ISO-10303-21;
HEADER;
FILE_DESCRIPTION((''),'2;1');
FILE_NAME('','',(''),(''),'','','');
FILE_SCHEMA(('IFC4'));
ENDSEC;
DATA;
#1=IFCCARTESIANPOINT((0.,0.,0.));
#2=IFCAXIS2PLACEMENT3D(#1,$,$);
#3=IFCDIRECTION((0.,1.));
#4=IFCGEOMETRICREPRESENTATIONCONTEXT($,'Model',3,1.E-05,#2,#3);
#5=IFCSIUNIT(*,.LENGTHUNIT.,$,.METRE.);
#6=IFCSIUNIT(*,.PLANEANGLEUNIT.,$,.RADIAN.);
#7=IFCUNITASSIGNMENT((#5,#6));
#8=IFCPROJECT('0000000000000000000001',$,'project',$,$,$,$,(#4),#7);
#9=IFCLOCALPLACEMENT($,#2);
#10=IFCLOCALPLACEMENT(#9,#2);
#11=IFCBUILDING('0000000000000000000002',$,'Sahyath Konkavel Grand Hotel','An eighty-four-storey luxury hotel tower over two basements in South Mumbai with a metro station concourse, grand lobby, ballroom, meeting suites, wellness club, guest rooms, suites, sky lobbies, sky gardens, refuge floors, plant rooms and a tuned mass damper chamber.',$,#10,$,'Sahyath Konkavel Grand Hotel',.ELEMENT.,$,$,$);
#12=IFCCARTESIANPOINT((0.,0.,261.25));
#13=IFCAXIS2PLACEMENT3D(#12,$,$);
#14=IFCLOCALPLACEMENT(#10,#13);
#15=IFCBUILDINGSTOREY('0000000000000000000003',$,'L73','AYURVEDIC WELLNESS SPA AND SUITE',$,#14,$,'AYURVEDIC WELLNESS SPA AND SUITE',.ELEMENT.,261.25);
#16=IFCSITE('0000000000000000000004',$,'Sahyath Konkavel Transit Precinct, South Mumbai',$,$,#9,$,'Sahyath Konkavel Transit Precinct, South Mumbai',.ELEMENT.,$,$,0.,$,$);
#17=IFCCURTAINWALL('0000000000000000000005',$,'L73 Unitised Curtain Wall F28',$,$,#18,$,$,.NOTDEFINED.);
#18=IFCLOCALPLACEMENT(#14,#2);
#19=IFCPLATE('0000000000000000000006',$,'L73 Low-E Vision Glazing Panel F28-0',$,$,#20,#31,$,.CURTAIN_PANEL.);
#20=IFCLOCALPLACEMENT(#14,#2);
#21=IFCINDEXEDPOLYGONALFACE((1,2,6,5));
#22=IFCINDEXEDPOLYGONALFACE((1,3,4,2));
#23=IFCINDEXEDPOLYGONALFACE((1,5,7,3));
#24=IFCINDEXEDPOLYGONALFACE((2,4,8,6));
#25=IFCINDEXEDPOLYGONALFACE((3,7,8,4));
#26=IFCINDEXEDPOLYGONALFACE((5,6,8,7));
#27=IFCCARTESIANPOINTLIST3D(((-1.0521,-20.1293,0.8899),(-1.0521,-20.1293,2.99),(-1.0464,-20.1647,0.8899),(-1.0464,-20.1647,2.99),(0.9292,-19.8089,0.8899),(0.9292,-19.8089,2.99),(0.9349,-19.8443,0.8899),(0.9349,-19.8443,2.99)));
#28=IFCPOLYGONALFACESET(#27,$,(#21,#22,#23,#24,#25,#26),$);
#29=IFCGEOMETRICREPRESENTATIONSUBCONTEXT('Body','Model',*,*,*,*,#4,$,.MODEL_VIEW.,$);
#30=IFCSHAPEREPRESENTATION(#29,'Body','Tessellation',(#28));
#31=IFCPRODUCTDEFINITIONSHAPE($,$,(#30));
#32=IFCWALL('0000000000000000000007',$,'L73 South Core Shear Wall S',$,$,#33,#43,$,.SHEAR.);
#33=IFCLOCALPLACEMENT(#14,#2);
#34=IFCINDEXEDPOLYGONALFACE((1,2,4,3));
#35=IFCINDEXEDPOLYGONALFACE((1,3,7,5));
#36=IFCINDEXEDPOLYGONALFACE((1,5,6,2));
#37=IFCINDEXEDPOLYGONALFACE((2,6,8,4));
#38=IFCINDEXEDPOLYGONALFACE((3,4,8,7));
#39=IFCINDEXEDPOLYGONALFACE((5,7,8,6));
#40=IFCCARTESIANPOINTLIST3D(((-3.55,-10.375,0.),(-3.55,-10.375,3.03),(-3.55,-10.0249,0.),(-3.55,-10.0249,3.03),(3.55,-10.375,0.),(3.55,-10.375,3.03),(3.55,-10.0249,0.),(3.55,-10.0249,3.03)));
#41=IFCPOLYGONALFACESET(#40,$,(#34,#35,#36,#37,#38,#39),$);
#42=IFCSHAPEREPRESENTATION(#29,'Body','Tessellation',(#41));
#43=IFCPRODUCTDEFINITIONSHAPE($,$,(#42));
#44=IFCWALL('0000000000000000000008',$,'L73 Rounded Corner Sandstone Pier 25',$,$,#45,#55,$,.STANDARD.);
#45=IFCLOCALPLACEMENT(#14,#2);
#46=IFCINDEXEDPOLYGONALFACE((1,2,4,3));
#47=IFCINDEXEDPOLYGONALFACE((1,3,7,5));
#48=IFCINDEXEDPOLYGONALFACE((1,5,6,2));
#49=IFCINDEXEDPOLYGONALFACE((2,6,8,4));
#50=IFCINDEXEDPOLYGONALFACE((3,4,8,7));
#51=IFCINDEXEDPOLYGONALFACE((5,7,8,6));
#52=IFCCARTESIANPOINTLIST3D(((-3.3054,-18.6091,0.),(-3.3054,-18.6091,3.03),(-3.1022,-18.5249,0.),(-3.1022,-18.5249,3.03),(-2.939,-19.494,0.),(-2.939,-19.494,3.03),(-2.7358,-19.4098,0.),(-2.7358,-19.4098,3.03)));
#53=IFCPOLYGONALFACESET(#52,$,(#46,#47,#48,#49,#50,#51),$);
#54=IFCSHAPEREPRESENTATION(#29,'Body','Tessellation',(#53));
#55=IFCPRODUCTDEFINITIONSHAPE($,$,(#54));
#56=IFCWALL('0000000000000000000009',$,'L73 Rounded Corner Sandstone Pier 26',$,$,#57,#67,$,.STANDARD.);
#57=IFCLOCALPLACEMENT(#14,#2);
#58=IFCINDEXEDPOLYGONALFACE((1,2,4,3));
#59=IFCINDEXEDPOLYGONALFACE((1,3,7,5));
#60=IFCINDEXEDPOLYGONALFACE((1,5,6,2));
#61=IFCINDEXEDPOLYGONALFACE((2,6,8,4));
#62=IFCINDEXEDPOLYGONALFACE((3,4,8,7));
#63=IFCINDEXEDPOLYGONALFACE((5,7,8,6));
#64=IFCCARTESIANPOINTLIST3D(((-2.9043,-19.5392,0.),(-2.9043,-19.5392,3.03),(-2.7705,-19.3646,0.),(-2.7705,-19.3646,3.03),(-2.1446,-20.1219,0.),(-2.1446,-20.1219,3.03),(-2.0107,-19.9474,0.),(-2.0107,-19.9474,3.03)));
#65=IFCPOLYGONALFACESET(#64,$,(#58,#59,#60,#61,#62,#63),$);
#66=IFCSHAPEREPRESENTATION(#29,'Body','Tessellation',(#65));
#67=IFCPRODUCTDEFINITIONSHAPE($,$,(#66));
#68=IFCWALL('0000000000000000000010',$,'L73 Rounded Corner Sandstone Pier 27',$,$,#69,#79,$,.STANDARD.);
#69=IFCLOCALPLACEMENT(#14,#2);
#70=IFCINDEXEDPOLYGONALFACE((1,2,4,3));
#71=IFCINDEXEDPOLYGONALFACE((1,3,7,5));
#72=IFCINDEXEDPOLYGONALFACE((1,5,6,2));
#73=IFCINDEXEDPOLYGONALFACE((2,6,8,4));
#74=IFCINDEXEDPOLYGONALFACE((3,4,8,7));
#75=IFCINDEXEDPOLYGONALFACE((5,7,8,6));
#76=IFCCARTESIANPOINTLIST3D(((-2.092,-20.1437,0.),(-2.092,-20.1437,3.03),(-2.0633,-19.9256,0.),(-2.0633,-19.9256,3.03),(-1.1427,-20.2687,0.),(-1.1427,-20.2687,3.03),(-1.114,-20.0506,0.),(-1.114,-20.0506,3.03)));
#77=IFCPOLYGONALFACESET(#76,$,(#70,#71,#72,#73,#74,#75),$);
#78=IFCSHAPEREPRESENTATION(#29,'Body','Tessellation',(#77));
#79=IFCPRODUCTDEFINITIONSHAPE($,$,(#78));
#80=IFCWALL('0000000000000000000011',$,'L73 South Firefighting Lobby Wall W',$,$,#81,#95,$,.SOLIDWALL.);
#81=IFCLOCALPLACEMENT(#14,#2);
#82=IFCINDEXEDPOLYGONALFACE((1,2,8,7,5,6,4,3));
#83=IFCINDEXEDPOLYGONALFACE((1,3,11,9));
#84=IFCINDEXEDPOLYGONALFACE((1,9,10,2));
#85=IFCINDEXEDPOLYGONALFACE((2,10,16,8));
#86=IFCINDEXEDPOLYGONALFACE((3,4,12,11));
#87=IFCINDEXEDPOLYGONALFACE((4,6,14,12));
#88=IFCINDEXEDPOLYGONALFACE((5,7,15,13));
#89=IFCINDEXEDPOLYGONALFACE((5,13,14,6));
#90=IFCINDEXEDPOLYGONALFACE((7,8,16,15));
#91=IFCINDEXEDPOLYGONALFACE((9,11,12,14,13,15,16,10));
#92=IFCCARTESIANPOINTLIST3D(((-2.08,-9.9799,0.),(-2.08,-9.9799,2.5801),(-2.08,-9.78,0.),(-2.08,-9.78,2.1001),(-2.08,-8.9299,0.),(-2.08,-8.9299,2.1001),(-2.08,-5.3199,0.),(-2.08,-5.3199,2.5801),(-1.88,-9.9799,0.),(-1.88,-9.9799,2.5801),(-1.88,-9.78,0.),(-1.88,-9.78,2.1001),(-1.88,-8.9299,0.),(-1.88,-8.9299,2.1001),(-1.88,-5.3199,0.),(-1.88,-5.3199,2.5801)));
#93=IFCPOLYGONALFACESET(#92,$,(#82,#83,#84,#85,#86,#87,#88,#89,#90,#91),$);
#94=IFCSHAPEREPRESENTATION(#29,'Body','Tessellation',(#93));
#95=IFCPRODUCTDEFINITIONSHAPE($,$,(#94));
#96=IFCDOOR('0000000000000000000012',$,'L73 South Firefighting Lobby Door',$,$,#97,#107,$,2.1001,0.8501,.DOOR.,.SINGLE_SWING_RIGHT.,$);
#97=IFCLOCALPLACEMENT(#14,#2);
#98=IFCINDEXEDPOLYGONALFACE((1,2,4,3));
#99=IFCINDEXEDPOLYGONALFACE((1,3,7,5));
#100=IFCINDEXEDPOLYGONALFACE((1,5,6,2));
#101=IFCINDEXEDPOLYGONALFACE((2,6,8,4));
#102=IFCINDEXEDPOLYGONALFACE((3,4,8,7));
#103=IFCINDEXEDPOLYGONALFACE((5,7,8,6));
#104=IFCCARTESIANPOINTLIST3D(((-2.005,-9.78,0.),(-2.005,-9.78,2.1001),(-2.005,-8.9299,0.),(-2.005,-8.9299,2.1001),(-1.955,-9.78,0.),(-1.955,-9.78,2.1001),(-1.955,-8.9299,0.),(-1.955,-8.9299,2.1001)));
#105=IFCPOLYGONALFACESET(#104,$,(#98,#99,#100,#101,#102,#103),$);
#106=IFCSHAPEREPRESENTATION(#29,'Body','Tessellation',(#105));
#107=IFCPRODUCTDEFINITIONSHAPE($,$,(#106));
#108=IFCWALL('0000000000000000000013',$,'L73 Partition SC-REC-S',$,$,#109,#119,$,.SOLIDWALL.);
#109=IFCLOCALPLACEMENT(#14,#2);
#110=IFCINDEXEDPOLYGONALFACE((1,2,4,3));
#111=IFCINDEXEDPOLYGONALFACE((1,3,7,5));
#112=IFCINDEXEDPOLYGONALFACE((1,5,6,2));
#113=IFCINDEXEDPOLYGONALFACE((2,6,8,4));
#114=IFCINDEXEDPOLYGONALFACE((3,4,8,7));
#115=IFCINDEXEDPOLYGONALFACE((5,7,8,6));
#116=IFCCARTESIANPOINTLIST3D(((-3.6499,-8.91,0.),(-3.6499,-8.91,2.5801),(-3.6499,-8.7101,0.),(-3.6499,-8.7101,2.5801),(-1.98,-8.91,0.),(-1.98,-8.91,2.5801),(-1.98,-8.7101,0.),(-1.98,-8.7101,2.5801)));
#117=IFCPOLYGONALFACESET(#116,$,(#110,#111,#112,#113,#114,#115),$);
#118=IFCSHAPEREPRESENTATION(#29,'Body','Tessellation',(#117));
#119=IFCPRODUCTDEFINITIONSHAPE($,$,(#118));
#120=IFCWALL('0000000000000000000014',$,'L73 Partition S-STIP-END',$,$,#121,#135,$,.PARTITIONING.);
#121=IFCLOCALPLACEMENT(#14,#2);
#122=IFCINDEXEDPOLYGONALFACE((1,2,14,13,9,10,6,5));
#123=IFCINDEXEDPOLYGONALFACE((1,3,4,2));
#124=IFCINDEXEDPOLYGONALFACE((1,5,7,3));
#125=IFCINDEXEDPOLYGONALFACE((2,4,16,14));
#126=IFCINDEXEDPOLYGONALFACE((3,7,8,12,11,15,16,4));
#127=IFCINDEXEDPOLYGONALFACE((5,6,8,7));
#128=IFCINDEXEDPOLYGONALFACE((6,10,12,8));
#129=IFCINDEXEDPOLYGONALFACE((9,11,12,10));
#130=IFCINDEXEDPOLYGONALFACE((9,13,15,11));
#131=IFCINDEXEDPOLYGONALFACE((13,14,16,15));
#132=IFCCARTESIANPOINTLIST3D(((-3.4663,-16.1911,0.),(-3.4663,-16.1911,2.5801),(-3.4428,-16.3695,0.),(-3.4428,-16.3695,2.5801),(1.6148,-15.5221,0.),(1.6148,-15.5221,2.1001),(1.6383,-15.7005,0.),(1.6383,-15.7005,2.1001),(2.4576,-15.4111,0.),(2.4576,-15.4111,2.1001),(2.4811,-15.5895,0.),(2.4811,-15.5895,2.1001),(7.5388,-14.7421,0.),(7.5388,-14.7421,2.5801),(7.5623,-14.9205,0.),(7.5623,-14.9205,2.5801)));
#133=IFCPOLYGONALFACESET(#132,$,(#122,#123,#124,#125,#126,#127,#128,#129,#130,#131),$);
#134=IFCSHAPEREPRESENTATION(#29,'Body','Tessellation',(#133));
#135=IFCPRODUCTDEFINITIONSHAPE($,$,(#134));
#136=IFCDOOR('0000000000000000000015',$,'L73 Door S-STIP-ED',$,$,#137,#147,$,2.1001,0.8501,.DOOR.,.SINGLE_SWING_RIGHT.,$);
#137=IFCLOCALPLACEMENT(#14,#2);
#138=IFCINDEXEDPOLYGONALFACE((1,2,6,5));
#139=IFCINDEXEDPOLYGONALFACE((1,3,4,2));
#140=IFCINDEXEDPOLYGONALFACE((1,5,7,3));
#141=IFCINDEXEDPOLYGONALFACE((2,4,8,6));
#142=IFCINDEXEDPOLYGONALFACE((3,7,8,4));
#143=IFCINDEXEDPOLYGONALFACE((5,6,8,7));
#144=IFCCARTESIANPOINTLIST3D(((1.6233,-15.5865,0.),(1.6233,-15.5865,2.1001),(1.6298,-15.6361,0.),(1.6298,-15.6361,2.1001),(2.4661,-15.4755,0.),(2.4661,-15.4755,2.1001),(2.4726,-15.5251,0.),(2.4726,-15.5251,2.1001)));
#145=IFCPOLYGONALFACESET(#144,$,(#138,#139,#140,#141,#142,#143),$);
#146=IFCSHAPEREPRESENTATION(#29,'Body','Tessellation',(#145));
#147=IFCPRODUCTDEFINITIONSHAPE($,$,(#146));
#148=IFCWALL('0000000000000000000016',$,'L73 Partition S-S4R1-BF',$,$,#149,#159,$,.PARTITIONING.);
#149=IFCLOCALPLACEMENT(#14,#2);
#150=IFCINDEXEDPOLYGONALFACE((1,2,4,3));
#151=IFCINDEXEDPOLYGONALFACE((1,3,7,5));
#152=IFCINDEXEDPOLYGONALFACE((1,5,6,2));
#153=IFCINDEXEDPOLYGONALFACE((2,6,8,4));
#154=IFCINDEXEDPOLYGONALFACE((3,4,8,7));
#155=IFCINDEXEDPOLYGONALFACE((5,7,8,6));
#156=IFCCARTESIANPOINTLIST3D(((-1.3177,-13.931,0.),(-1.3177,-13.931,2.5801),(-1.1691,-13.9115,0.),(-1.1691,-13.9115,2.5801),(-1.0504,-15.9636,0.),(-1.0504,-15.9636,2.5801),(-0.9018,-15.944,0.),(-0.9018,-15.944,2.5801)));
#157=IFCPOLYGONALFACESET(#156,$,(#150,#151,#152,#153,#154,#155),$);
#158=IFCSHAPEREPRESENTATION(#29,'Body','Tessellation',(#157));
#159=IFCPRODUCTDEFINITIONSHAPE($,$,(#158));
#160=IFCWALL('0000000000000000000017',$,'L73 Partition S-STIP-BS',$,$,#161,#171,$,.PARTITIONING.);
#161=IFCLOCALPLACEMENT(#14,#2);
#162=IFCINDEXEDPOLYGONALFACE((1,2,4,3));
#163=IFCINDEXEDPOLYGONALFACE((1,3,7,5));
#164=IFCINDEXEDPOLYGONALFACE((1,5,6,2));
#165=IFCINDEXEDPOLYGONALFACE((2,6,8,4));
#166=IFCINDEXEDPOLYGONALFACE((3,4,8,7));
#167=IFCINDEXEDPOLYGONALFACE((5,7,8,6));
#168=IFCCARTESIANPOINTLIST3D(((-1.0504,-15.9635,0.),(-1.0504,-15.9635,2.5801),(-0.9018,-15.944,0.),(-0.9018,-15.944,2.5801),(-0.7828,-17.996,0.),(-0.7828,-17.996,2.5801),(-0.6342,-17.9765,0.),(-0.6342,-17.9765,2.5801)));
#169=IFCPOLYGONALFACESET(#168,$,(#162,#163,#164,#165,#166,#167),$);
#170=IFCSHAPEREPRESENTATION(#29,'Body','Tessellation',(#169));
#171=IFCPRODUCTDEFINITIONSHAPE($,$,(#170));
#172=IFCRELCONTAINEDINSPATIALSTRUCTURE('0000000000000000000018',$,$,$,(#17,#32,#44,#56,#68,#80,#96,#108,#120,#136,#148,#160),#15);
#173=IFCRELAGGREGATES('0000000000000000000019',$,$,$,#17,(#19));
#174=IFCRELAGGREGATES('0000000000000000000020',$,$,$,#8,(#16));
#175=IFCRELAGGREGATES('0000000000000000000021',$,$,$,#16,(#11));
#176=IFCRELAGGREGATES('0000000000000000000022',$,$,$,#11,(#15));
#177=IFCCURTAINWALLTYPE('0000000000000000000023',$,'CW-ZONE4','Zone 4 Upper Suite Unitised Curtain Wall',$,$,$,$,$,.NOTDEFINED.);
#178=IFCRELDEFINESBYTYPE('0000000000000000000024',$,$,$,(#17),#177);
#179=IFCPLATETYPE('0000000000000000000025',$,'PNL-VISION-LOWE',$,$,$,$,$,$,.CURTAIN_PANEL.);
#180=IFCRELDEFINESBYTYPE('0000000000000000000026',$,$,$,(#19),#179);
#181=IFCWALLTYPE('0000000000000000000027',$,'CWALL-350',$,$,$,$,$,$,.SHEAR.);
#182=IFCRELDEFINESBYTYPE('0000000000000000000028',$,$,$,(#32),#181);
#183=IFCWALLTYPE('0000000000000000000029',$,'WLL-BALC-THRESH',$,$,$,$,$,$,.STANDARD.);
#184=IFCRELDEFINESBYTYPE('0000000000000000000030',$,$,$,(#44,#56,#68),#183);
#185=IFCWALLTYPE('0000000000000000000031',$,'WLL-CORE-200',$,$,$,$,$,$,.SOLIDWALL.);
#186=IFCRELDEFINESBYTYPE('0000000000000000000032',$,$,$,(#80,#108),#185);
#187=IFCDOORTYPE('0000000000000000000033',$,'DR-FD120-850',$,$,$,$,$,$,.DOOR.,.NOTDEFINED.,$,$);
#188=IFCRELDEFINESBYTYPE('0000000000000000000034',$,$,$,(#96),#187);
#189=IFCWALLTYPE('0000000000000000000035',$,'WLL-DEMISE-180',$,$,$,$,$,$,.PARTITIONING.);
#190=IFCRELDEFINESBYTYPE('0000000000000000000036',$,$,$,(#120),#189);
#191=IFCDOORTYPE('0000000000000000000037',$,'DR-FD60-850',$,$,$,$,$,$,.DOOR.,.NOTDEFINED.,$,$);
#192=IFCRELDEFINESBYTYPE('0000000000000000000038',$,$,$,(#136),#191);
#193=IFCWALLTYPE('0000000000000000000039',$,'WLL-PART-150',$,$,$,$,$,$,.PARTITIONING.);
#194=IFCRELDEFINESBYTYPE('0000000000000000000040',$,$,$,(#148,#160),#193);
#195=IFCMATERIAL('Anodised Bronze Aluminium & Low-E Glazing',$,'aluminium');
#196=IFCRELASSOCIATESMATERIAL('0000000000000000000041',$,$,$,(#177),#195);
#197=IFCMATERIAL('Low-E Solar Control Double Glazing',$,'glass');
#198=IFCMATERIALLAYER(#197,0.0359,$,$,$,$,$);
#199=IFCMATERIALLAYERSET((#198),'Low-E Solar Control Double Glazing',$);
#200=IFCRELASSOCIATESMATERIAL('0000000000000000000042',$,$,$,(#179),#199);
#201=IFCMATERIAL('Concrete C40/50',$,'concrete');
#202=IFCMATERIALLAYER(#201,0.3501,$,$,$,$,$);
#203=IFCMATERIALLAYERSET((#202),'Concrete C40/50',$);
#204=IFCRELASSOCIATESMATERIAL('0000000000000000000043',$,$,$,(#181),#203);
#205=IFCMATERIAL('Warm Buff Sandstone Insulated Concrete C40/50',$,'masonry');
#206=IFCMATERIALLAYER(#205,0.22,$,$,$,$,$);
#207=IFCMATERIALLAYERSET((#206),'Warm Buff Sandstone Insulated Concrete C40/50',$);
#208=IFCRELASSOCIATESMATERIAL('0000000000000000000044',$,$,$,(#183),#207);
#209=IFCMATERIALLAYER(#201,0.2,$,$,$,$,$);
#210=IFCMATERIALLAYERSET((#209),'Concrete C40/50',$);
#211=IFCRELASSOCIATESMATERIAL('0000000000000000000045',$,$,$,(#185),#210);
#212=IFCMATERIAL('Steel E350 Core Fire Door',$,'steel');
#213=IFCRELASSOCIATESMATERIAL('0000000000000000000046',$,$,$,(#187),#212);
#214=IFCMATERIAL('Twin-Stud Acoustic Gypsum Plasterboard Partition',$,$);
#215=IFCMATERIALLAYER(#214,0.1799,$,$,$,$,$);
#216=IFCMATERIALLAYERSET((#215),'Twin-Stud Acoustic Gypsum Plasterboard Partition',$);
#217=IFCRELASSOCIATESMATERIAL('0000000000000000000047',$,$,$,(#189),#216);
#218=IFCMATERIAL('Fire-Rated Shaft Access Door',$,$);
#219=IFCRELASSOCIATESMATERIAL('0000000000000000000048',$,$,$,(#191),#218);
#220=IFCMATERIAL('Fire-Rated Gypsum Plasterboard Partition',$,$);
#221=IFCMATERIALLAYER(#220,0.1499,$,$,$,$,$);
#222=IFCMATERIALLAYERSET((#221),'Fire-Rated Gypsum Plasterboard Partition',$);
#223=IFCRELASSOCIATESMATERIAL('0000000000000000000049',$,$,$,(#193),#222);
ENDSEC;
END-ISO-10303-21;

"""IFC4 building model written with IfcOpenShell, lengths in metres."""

from ifc_helpers import new_model, si_unit, direction, frame, frame_2d, origin, origin_2d, place, context, subcontext, project, spatial, rectangle, extrude, source, transform, mapped, material, layer, layer_set, type_object, element, fill, aggregate, save


model = new_model("IFC4")

# Units and contexts
model_context = context("Model", 3, precision=1e-05, world=origin(), true_north=direction((0.0, 1.0)))
body_context = subcontext(model_context, "Body", "Model", "MODEL_VIEW")
ifc_project = project(units=[si_unit("LENGTHUNIT", "METRE"), si_unit("PLANEANGLEUNIT", "RADIAN")], contexts=[model_context])

# Site, building, storey
site_placement = place(None, origin())
site = spatial("IfcSite", under=ifc_project, at=site_placement, Name="Sahyath Konkavel Transit Precinct, South Mumbai", LongName="Sahyath Konkavel Transit Precinct, South Mumbai", CompositionType="ELEMENT", RefElevation=0.0)
building_placement = place(site_placement, origin())
building = spatial("IfcBuilding", under=site, at=building_placement, Name="Sahyath Konkavel Grand Hotel", Description="An eighty-four-storey luxury hotel tower over two basements in South Mumbai with a metro station concourse, grand lobby, ballroom, meeting suites, wellness club, guest rooms, suites, sky lobbies, sky gardens, refuge floors, plant rooms and a tuned mass damper chamber.", LongName="Sahyath Konkavel Grand Hotel", CompositionType="ELEMENT")
storey_placement = place(building_placement, frame((0.0, 0.0, 261.25)))
storey = spatial("IfcBuildingStorey", under=building, at=storey_placement, Name="L73", Description="AYURVEDIC WELLNESS SPA AND SUITE", LongName="AYURVEDIC WELLNESS SPA AND SUITE", CompositionType="ELEMENT", Elevation=261.25)

# Shared definitions
ifc_material_1 = material(Name="Concrete C40/50", Category="concrete")

# Shared definitions
ifc_material_2 = material(Name="Anodised Bronze Aluminium & Low-E Glazing", Category="aluminium")
curtain_wall_type = type_object("IfcCurtainWallType", Name="CW-ZONE4", Description="Zone 4 Upper Suite Unitised Curtain Wall", PredefinedType="NOTDEFINED", material=ifc_material_2)

# Curtain wall
curtain_wall_1_placement = place(storey_placement, origin())
curtain_wall_1 = element("IfcCurtainWall", 1, at=curtain_wall_1_placement, inside=storey, type_object=curtain_wall_type, Name="L73 Unitised Curtain Wall F28", PredefinedType="NOTDEFINED")

# Plate
ifc_material_3 = material(Name="Low-E Solar Control Double Glazing", Category="glass")
ifc_layer_1 = layer(ifc_material_3, 0.0359)
ifc_layer_set_1 = layer_set([ifc_layer_1], Name="Low-E Solar Control Double Glazing")
plate_type_1 = type_object("IfcPlateType", Name="PNL-VISION-LOWE", PredefinedType="CURTAIN_PANEL", material=ifc_layer_set_1)
shared_shape_1 = source(origin(), body_context, "Body", "SweptSolid", [
    extrude(rectangle(XDim=2.0071, YDim=0.0359, at=origin_2d()), origin(), (0.0, 0.0, 1.0), 2.1001),
])
plate_1_placement = place(storey_placement, frame((-0.0586, -19.9868, 0.8899), z_axis=(0.0, 0.0, 1.0), x_axis=(0.987178, 0.159623, 0.0)))
plate_1 = element("IfcPlate", 2, at=plate_1_placement, type_object=plate_type_1, Name="L73 Low-E Vision Glazing Panel F28-0", PredefinedType="CURTAIN_PANEL", context=body_context, shape_type="MappedRepresentation", body=[
    mapped(shared_shape_1, transform((0.0, 0.0, 0.0), scale=1.0)),
])
aggregate(curtain_wall_1, [plate_1])

# Walls
ifc_layer_2 = layer(ifc_material_1, 0.3501)
ifc_layer_set_2 = layer_set([ifc_layer_2], Name="Concrete C40/50")
wall_type_1 = type_object("IfcWallType", Name="CWALL-350", PredefinedType="SHEAR", material=ifc_layer_set_2)
wall_1_placement = place(storey_placement, frame((-3.55, -10.2, 0.0), z_axis=(0.0, 0.0, 1.0), x_axis=(1.0, 0.0, 0.0)))
element("IfcWall", 3, at=wall_1_placement, inside=storey, type_object=wall_type_1, Name="L73 South Core Shear Wall S", PredefinedType="SHEAR", context=body_context, shape_type="SweptSolid", body=[
    extrude(rectangle(XDim=7.1001, YDim=0.3501, at=frame_2d((3.55, 0.0))), origin(), (0.0, 0.0, 1.0), 3.03),
])
ifc_material_4 = material(Name="Warm Buff Sandstone Insulated Concrete C40/50", Category="masonry")
ifc_layer_3 = layer(ifc_material_4, 0.22)
ifc_layer_set_3 = layer_set([ifc_layer_3], Name="Warm Buff Sandstone Insulated Concrete C40/50")
wall_type_2 = type_object("IfcWallType", Name="WLL-BALC-THRESH", PredefinedType="STANDARD", material=ifc_layer_set_3)
wall_2_placement = place(storey_placement, frame((-3.2039, -18.5669, 0.0), z_axis=(0.0, 0.0, 1.0), x_axis=(0.382569, -0.923927, 0.0)))
element("IfcWall", 4, at=wall_2_placement, inside=storey, type_object=wall_type_2, Name="L73 Rounded Corner Sandstone Pier 25", PredefinedType="STANDARD", context=body_context, shape_type="SweptSolid", body=[
    extrude(rectangle(XDim=0.9578, YDim=0.22, at=frame_2d((0.479, 0.0))), origin(), (0.0, 0.0, 1.0), 3.03),
])
for number, where, z_axis, x_axis, name in (
    (5, (-2.8374, -19.4519, 0.0), (0.0, 0.0, 1.0), (0.793467, -0.608614, 0.0), "L73 Rounded Corner Sandstone Pier 26"),
    (6, (-2.0776, -20.0347, 0.0), (0.0, 0.0, 1.0), (0.99144, -0.13056, 0.0), "L73 Rounded Corner Sandstone Pier 27"),
):
    element("IfcWall", number, at=place(storey_placement, frame(where, z_axis=z_axis, x_axis=x_axis)), inside=storey, type_object=wall_type_2, Name=name, PredefinedType="STANDARD", context=body_context, shape_type="SweptSolid", body=[
        extrude(rectangle(XDim=0.9575, YDim=0.22, at=frame_2d((0.4788, 0.0))), origin(), (0.0, 0.0, 1.0), 3.03),
    ])

# Wall, opening, door
ifc_layer_4 = layer(ifc_material_1, 0.2)
ifc_layer_set_4 = layer_set([ifc_layer_4], Name="Concrete C40/50")
wall_type_3 = type_object("IfcWallType", Name="WLL-CORE-200", PredefinedType="SOLIDWALL", material=ifc_layer_set_4)
wall_3_placement = place(storey_placement, frame((-1.98, -9.98, 0.0), z_axis=(0.0, 0.0, 1.0), x_axis=(0.0, 1.0, 0.0)))
wall_3 = element("IfcWall", 7, at=wall_3_placement, inside=storey, type_object=wall_type_3, Name="L73 South Firefighting Lobby Wall W", PredefinedType="SOLIDWALL", context=body_context, shape_type="SweptSolid", body=[
    extrude(rectangle(XDim=4.6599, YDim=0.2, at=frame_2d((2.3301, 0.0))), origin(), (0.0, 0.0, 1.0), 2.5801),
])
opening_1_placement = place(wall_3_placement, frame((0.2, 0.0, 0.0)))
opening_1 = element("IfcOpeningElement", 8, at=opening_1_placement, cuts=wall_3, PredefinedType="OPENING", context=body_context, shape_type="SweptSolid", body=[
    extrude(rectangle(XDim=0.8501, YDim=2.1001, at=frame_2d((0.425, 1.05))), frame((0.0, 0.1099, 0.0), z_axis=(0.0, -1.0, 0.0), x_axis=(1.0, 0.0, 0.0)), (0.0, 0.0, 1.0), 0.22),
])
ifc_material_5 = material(Name="Steel E350 Core Fire Door", Category="steel")
door_type_1 = type_object("IfcDoorType", Name="DR-FD120-850", OperationType="NOTDEFINED", PredefinedType="DOOR", material=ifc_material_5)
shared_shape_2 = source(origin(), body_context, "Body", "SweptSolid", [
    extrude(rectangle(XDim=0.8501, YDim=0.05, at=origin_2d()), origin(), (0.0, 0.0, 1.0), 2.1001),
])
door_1_placement = place(opening_1_placement, frame((0.425, 0.0, 0.0)))
door_1 = element("IfcDoor", 9, at=door_1_placement, inside=storey, type_object=door_type_1, Name="L73 South Firefighting Lobby Door", OperationType="SINGLE_SWING_RIGHT", OverallHeight=2.1001, OverallWidth=0.8501, PredefinedType="DOOR", context=body_context, shape_type="MappedRepresentation", body=[
    mapped(shared_shape_2, transform((0.0, 0.0, 0.0), scale=1.0)),
])
fill(opening_1, door_1)

# Wall
wall_4_placement = place(storey_placement, frame((-3.6499, -8.8101, 0.0), z_axis=(0.0, 0.0, 1.0), x_axis=(1.0, 0.0, 0.0)))
element("IfcWall", 10, at=wall_4_placement, inside=storey, type_object=wall_type_3, Name="L73 Partition SC-REC-S", PredefinedType="SOLIDWALL", context=body_context, shape_type="SweptSolid", body=[
    extrude(rectangle(XDim=1.6699, YDim=0.2, at=frame_2d((0.835, 0.0))), origin(), (0.0, 0.0, 1.0), 2.5801),
])

# Wall, opening, door
ifc_material_6 = material(Name="Twin-Stud Acoustic Gypsum Plasterboard Partition")
ifc_layer_5 = layer(ifc_material_6, 0.1799)
ifc_layer_set_5 = layer_set([ifc_layer_5], Name="Twin-Stud Acoustic Gypsum Plasterboard Partition")
wall_type_4 = type_object("IfcWallType", Name="WLL-DEMISE-180", PredefinedType="PARTITIONING", material=ifc_layer_set_5)
wall_5_placement = place(storey_placement, frame((-3.4546, -16.2803, 0.0), z_axis=(0.0, 0.0, 1.0), x_axis=(0.991443, 0.130537, 0.0)))
wall_5 = element("IfcWall", 11, at=wall_5_placement, inside=storey, type_object=wall_type_4, Name="L73 Partition S-STIP-END", PredefinedType="PARTITIONING", context=body_context, shape_type="SweptSolid", body=[
    extrude(rectangle(XDim=11.1001, YDim=0.1799, at=frame_2d((5.55, 0.0))), origin(), (0.0, 0.0, 1.0), 2.5801),
])
opening_2_placement = place(wall_5_placement, frame((5.125, 0.0, 0.0)))
opening_2 = element("IfcOpeningElement", 12, at=opening_2_placement, cuts=wall_5, PredefinedType="OPENING", context=body_context, shape_type="SweptSolid", body=[
    extrude(rectangle(XDim=0.8501, YDim=2.1001, at=frame_2d((0.425, 1.05))), frame((0.0, 0.1001, 0.0), z_axis=(0.0, -1.0, 0.0), x_axis=(1.0, 0.0, 0.0)), (0.0, 0.0, 1.0), 0.2),
])
ifc_material_7 = material(Name="Fire-Rated Shaft Access Door")
door_type_2 = type_object("IfcDoorType", Name="DR-FD60-850", OperationType="NOTDEFINED", PredefinedType="DOOR", material=ifc_material_7)
door_2_placement = place(opening_2_placement, frame((0.425, 0.0, 0.0)))
door_2 = element("IfcDoor", 13, at=door_2_placement, inside=storey, type_object=door_type_2, Name="L73 Door S-STIP-ED", OperationType="SINGLE_SWING_RIGHT", OverallHeight=2.1001, OverallWidth=0.8501, PredefinedType="DOOR", context=body_context, shape_type="MappedRepresentation", body=[
    mapped(shared_shape_2, transform((0.0, 0.0, 0.0), scale=1.0)),
])
fill(opening_2, door_2)

# Walls
ifc_material_8 = material(Name="Fire-Rated Gypsum Plasterboard Partition")
ifc_layer_6 = layer(ifc_material_8, 0.1499)
ifc_layer_set_6 = layer_set([ifc_layer_6], Name="Fire-Rated Gypsum Plasterboard Partition")
wall_type_5 = type_object("IfcWallType", Name="WLL-PART-150", PredefinedType="PARTITIONING", material=ifc_layer_set_6)
for number, where, z_axis, x_axis, name in (
    (14, (-1.2434, -13.9214, 0.0), (0.0, 0.0, 1.0), (0.130408, -0.99146, 0.0), "L73 Partition S-S4R1-BF"),
    (15, (-0.9761, -15.9539, 0.0), (0.0, 0.0, 1.0), (0.130525, -0.991445, 0.0), "L73 Partition S-STIP-BS"),
):
    element("IfcWall", number, at=place(storey_placement, frame(where, z_axis=z_axis, x_axis=x_axis)), inside=storey, type_object=wall_type_5, Name=name, PredefinedType="PARTITIONING", context=body_context, shape_type="SweptSolid", body=[
        extrude(rectangle(XDim=2.05, YDim=0.1499, at=frame_2d((1.0249, 0.0))), origin(), (0.0, 0.0, 1.0), 2.5801),
    ])

save(model, "model.ifc")
